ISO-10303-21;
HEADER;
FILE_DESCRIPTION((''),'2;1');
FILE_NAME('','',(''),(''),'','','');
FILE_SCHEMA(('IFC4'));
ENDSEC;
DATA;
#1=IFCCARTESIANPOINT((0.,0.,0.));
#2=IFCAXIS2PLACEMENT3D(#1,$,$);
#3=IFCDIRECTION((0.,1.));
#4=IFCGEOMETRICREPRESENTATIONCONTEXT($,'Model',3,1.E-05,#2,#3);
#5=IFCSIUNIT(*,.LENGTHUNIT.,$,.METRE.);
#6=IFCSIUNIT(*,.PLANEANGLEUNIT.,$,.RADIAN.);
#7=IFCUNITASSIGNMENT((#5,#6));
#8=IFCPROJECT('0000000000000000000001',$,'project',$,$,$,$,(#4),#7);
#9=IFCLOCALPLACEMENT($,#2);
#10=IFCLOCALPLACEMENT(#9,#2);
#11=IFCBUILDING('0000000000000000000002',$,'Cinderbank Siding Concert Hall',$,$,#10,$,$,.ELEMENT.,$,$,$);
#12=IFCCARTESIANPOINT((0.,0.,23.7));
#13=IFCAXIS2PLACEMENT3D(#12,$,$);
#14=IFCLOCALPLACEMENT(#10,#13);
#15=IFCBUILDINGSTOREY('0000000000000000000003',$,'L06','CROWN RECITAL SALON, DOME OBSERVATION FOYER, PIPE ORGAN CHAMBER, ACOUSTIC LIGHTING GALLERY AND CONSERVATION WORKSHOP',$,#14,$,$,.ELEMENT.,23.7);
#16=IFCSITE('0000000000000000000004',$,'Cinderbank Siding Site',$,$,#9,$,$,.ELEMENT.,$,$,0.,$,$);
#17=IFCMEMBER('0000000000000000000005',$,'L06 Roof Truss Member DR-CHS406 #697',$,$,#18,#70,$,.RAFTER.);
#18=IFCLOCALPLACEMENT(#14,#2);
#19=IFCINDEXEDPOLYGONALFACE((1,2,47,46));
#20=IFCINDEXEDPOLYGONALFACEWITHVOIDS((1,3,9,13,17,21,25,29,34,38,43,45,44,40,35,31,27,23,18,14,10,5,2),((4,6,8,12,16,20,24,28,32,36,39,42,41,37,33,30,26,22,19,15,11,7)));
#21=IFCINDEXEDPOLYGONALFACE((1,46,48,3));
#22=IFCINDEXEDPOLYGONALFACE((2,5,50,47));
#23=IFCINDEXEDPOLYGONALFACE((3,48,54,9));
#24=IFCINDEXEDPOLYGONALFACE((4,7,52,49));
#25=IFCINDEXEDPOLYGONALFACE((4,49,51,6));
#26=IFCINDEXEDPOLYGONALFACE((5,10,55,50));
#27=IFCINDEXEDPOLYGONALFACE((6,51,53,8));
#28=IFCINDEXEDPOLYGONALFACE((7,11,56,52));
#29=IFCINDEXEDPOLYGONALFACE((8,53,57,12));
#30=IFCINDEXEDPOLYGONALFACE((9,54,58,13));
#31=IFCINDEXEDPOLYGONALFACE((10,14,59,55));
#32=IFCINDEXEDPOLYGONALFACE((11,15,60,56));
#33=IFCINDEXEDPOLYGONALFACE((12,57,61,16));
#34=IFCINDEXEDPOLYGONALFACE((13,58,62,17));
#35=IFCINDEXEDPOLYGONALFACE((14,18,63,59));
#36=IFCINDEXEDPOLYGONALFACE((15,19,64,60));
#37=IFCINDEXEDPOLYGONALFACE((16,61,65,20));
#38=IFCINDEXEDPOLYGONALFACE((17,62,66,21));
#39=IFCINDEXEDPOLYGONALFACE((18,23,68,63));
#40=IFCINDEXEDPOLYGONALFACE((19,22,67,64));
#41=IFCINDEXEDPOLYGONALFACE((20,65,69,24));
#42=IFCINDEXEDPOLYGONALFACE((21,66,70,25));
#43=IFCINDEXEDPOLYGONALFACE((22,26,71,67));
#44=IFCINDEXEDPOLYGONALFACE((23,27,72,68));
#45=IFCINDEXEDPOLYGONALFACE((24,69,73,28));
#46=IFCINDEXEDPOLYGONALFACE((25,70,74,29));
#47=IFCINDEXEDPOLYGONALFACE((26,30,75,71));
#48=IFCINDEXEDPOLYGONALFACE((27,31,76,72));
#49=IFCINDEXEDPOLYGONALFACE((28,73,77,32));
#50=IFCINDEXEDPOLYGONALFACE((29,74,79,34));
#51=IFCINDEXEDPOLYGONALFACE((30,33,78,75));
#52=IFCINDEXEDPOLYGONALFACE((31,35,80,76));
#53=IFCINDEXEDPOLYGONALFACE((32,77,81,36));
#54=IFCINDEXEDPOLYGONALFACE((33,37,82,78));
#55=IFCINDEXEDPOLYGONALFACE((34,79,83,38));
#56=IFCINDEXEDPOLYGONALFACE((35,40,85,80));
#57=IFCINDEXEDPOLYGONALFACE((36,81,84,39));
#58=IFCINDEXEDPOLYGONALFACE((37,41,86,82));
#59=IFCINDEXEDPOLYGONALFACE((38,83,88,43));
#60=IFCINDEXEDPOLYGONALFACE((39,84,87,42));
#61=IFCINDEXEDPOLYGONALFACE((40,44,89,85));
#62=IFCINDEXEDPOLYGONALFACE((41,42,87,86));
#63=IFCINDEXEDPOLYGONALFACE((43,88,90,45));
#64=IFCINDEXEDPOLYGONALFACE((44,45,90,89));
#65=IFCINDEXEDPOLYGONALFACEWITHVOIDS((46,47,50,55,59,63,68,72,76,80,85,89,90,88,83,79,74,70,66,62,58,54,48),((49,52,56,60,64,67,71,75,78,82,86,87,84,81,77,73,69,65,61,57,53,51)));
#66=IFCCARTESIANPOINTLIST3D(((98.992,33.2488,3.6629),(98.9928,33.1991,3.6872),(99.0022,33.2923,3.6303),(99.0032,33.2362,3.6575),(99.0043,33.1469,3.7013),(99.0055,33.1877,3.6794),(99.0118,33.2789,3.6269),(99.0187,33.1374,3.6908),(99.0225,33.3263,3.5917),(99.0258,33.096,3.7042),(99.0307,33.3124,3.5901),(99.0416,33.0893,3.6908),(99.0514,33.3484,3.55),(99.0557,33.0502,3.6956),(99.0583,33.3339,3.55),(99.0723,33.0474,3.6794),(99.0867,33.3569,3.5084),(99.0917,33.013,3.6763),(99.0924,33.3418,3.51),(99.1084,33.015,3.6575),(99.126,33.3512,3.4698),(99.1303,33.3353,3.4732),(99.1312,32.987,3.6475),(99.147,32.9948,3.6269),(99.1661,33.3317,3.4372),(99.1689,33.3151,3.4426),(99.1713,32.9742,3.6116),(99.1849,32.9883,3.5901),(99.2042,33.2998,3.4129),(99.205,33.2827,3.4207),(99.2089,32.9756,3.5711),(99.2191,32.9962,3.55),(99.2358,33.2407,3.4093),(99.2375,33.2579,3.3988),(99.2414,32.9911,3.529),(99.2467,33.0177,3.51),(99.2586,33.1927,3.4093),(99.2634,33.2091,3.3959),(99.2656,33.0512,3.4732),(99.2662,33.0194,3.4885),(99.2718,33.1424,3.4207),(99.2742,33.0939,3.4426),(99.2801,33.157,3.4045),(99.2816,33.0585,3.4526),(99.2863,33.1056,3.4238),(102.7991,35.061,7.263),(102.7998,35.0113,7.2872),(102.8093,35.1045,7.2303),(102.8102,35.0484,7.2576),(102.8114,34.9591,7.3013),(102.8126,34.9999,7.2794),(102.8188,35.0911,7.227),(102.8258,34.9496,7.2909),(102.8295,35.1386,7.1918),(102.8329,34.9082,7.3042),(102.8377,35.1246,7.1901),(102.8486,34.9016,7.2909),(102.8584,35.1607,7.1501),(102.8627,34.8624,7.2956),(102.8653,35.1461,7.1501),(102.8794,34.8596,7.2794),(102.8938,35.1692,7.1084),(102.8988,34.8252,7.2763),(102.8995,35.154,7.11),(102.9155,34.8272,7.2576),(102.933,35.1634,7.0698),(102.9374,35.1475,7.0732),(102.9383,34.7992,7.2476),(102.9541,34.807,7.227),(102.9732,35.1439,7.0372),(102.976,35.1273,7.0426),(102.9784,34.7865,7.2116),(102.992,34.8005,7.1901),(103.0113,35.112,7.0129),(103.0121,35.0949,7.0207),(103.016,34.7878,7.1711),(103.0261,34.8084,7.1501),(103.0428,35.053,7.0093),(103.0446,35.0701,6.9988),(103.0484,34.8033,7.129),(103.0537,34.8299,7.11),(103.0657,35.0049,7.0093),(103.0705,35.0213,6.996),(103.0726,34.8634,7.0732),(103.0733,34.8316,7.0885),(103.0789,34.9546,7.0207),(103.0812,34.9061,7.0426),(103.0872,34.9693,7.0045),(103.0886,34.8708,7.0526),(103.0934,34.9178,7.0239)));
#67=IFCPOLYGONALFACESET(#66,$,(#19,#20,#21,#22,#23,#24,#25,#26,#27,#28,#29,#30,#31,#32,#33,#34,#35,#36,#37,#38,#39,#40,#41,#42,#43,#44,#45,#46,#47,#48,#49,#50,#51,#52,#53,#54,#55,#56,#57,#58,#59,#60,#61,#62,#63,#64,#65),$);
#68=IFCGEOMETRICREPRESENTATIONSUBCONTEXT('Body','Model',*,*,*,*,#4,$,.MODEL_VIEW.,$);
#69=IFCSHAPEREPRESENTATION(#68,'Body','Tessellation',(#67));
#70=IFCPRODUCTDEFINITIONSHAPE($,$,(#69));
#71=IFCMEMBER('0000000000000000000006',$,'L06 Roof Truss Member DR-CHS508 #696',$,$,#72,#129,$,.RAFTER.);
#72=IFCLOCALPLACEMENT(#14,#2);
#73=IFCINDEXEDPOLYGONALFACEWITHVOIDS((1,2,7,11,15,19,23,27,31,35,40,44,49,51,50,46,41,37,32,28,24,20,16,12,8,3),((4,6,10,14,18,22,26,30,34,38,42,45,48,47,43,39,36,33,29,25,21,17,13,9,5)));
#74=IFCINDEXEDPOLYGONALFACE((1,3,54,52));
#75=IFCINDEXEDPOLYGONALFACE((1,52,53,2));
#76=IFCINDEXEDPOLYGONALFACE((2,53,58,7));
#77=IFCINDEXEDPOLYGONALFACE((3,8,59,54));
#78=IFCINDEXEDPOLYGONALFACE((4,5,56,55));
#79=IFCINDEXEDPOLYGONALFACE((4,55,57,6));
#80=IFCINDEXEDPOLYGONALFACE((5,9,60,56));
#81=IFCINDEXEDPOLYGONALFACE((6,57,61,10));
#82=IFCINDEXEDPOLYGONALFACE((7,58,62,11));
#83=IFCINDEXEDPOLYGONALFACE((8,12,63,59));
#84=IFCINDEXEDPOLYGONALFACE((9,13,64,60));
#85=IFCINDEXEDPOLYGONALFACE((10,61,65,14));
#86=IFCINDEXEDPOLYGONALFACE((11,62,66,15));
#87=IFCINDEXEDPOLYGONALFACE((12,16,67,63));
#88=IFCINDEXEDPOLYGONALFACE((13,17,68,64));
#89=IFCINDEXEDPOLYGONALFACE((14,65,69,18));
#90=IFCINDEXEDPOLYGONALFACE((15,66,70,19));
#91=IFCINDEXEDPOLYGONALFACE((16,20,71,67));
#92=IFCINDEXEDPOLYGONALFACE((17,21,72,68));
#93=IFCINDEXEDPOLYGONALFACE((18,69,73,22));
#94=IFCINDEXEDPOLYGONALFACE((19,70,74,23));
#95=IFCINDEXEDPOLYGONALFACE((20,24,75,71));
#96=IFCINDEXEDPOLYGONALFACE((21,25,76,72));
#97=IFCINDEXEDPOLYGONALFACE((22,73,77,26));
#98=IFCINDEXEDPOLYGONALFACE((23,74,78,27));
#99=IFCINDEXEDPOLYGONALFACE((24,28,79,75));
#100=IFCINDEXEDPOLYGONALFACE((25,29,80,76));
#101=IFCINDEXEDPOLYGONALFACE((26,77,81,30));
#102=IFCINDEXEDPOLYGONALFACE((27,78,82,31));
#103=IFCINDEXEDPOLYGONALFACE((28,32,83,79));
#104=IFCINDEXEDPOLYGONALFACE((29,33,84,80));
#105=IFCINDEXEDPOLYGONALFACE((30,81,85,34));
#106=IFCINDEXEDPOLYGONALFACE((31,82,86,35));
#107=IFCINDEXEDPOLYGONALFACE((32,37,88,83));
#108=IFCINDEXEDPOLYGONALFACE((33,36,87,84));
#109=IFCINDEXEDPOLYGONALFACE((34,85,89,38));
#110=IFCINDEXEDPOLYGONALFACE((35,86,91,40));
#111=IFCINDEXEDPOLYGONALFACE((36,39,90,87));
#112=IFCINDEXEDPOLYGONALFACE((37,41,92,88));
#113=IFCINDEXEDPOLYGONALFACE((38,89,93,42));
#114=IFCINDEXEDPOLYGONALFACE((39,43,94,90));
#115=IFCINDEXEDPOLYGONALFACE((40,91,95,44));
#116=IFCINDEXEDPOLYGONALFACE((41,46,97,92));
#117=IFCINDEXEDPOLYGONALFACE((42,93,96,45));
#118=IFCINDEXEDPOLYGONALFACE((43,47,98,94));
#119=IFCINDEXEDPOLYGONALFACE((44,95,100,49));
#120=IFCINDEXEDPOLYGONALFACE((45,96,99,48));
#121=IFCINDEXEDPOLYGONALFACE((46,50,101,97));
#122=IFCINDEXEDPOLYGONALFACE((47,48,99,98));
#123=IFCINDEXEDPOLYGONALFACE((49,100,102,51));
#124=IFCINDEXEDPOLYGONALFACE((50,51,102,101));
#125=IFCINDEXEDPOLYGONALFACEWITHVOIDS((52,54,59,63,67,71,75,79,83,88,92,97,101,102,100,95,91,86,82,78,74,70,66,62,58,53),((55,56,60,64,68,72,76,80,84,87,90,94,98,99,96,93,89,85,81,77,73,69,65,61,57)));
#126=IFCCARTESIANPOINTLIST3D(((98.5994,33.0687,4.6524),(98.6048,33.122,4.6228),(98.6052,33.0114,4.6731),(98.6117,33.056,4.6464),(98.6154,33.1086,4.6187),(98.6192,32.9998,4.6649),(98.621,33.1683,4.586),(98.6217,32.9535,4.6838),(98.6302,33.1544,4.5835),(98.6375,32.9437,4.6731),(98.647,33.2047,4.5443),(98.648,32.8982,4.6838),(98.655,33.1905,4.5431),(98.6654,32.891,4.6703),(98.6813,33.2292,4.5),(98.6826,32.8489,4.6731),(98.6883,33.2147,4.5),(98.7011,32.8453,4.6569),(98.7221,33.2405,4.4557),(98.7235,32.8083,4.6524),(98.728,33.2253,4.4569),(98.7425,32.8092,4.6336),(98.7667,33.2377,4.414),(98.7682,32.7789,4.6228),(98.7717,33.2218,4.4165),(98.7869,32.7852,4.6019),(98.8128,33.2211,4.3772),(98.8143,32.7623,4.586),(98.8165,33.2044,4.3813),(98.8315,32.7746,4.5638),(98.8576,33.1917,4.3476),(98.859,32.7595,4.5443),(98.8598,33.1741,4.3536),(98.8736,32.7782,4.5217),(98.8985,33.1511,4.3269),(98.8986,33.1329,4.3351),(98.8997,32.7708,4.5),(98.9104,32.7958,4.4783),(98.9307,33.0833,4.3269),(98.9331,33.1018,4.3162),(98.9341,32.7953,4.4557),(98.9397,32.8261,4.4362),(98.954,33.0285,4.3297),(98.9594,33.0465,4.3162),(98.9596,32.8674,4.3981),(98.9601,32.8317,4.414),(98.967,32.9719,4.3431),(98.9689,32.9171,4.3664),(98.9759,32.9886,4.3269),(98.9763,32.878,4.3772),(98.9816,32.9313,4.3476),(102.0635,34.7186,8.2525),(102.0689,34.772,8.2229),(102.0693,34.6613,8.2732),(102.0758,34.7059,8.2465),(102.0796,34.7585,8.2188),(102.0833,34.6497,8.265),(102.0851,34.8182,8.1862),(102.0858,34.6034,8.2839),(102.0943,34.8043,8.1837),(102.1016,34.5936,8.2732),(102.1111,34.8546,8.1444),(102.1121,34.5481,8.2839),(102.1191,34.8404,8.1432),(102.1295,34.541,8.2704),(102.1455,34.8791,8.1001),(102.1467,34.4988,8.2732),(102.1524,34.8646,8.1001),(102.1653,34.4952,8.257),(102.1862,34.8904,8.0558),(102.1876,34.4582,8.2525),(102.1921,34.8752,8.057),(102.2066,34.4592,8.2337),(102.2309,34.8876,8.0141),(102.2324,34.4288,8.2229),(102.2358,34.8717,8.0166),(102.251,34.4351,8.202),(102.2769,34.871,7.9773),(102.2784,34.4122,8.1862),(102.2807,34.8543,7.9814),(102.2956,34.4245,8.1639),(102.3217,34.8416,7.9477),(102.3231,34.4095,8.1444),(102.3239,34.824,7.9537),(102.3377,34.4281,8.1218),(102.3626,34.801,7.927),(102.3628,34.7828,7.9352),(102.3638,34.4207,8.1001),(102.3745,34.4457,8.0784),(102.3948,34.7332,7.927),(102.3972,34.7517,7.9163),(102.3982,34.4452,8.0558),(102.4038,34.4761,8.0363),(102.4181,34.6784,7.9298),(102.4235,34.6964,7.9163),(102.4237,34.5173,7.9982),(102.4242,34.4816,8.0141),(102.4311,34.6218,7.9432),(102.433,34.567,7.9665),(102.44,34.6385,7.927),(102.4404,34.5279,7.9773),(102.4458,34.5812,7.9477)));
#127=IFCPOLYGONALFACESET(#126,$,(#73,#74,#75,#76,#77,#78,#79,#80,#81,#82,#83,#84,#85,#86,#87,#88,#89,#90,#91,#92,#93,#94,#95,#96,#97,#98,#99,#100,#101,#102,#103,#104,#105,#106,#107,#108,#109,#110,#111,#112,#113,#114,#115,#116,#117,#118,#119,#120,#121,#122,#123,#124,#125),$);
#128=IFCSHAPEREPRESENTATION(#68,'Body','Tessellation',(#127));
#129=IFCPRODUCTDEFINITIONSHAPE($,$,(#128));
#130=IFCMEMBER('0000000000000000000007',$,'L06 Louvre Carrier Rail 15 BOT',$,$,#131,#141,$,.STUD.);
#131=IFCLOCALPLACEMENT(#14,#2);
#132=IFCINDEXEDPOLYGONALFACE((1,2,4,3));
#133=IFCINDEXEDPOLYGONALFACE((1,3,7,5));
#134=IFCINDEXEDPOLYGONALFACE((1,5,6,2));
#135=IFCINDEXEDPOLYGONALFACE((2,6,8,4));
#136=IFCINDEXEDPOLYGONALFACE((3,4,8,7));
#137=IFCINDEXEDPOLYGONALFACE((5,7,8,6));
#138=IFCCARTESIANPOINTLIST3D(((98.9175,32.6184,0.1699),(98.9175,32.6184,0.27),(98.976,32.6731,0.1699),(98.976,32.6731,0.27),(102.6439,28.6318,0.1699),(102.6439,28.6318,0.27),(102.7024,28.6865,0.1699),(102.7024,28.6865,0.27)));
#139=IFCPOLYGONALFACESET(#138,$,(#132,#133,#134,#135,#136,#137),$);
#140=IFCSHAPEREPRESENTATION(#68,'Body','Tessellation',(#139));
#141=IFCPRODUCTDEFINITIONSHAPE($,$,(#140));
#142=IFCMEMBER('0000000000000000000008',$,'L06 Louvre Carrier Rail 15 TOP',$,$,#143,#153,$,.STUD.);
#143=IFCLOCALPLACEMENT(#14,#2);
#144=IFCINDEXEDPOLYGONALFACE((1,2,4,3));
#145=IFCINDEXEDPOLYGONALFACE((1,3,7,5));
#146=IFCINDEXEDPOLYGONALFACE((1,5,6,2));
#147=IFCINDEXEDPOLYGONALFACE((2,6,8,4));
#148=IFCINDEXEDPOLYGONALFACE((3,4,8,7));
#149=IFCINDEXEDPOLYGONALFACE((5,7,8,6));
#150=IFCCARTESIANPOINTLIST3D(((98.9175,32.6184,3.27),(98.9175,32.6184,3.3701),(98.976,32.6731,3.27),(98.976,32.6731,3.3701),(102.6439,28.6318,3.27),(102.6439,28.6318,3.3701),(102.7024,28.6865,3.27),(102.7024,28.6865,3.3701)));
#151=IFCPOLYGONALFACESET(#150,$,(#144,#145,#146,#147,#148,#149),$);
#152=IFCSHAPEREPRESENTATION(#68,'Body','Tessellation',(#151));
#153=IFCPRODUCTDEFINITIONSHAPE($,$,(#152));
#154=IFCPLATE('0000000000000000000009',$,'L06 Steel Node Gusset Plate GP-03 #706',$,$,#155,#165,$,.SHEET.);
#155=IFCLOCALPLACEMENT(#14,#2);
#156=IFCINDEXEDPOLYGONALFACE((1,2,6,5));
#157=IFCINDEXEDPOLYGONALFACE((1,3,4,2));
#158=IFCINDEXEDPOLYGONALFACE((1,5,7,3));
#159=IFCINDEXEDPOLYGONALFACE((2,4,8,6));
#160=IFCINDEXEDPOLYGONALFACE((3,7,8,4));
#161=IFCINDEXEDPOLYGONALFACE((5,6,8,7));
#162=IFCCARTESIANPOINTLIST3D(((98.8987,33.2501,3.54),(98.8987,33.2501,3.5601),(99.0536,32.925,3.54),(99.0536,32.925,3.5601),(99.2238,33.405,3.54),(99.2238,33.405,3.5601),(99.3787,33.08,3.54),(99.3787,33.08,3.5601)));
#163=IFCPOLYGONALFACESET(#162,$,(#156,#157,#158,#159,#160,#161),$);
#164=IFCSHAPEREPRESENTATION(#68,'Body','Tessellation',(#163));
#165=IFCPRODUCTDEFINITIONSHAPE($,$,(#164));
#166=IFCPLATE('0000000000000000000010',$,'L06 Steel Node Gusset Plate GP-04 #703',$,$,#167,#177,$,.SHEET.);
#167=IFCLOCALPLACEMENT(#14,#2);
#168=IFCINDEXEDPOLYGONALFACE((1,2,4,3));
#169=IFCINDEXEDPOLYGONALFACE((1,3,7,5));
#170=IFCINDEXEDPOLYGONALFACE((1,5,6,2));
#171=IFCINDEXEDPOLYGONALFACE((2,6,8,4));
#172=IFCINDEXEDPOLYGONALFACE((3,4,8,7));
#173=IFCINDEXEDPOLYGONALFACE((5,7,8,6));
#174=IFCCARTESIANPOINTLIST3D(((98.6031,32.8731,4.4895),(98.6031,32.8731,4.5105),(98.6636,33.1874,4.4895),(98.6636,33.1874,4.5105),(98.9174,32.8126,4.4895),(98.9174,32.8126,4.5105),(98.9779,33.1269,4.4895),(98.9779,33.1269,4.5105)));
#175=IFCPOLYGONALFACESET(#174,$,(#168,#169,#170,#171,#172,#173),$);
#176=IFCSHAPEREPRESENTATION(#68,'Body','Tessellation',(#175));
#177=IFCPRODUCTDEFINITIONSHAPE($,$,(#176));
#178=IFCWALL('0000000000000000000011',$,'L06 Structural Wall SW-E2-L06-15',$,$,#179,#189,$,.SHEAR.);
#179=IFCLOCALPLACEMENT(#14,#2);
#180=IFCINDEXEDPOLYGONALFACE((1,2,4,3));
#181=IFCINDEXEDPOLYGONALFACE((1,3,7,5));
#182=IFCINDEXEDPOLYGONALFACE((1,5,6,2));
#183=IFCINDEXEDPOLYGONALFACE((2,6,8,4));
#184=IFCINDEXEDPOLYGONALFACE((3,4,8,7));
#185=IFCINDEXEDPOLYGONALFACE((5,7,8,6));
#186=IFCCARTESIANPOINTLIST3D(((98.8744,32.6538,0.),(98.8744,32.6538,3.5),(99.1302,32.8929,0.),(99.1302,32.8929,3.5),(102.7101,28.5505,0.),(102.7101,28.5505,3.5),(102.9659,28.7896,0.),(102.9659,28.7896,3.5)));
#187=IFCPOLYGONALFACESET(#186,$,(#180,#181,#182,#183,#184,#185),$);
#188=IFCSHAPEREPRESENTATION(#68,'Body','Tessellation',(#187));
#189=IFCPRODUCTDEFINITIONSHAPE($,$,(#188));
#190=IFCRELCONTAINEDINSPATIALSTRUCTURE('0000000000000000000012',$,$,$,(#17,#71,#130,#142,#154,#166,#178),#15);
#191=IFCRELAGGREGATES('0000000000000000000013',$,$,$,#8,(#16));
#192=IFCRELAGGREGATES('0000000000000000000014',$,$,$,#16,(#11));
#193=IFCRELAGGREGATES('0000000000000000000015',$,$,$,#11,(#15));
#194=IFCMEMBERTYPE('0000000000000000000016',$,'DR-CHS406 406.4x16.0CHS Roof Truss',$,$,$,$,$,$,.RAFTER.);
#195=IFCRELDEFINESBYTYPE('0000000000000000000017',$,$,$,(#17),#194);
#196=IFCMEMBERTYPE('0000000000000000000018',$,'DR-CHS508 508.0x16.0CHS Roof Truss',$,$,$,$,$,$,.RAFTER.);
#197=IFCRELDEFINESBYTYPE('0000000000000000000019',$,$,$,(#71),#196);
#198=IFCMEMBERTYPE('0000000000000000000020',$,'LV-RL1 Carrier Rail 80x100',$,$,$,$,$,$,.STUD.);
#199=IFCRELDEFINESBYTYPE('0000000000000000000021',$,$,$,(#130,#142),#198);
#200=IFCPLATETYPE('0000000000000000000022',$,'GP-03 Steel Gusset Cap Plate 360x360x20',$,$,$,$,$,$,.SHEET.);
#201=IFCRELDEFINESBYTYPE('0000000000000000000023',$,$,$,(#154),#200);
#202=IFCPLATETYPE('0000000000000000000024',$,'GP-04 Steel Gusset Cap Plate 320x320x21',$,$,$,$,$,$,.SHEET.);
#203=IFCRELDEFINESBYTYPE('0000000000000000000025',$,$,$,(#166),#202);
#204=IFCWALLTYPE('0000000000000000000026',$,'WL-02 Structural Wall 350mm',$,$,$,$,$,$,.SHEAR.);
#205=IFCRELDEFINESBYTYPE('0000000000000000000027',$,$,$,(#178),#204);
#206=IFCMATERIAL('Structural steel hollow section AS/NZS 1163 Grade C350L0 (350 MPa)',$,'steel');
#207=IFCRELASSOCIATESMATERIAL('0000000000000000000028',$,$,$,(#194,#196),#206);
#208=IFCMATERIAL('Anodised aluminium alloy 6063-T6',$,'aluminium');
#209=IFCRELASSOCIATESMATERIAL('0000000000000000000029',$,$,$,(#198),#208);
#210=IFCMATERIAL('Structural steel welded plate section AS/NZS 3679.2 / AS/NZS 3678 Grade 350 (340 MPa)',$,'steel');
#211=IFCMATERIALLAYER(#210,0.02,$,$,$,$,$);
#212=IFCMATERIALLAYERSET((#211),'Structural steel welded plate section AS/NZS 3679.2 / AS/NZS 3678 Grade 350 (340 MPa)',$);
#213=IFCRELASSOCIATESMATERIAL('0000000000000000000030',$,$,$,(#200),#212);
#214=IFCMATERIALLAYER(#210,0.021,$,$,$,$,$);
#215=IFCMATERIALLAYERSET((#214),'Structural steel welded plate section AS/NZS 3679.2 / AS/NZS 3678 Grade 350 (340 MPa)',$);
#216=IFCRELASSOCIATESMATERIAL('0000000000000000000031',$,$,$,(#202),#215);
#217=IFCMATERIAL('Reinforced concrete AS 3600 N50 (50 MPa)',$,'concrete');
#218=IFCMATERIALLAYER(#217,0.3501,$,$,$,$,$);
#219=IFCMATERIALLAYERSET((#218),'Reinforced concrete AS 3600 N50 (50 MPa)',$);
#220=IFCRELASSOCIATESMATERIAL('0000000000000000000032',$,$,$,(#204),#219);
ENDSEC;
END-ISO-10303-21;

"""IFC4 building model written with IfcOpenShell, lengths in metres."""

from ifc_helpers import new_model, si_unit, direction, frame, frame_2d, origin, origin_2d, place, context, subcontext, project, spatial, rectangle, hollow_circle, extrude, material, layer, layer_set, material_profile, profile_set, type_object, element, save


model = new_model("IFC4")

# Units and contexts
model_context = context("Model", 3, precision=1e-05, world=origin(), true_north=direction((0.0, 1.0)))
body_context = subcontext(model_context, "Body", "Model", "MODEL_VIEW")
ifc_project = project(units=[si_unit("LENGTHUNIT", "METRE"), si_unit("PLANEANGLEUNIT", "RADIAN")], contexts=[model_context])

# Site, building, storey
site_placement = place(None, origin())
site = spatial("IfcSite", under=ifc_project, at=site_placement, Name="Cinderbank Siding Site", CompositionType="ELEMENT", RefElevation=0.0)
building_placement = place(site_placement, origin())
building = spatial("IfcBuilding", under=site, at=building_placement, Name="Cinderbank Siding Concert Hall", CompositionType="ELEMENT")
storey_placement = place(building_placement, frame((0.0, 0.0, 23.7)))
storey = spatial("IfcBuildingStorey", under=building, at=storey_placement, Name="L06", Description="CROWN RECITAL SALON, DOME OBSERVATION FOYER, PIPE ORGAN CHAMBER, ACOUSTIC LIGHTING GALLERY AND CONSERVATION WORKSHOP", CompositionType="ELEMENT", Elevation=23.7)

# Shared definitions
ifc_material_1 = material(Name="Reinforced concrete AS 3600 N50 (50 MPa)", Category="concrete")

# Shared definitions
ifc_material_2 = material(Name="Structural steel welded plate section AS/NZS 3679.2 / AS/NZS 3678 Grade 350 (340 MPa)", Category="steel")

# Members
ifc_material_3 = material(Name="Structural steel hollow section AS/NZS 1163 Grade C350L0 (350 MPa)", Category="steel")
ifc_material_profile_1 = material_profile(ifc_material_3, hollow_circle(Radius=0.2031, WallThickness=0.0161, at=origin_2d()), Name="406.4x16.0CHS", Category="LoadBearing")
ifc_profile_set_1 = profile_set([ifc_material_profile_1], Name="Structural steel hollow section AS/NZS 1163 Grade C350L0 (350 MPa)")
member_type_1 = type_object("IfcMemberType", Name="DR-CHS406 406.4x16.0CHS Roof Truss", PredefinedType="RAFTER", material=ifc_profile_set_1)
member_1_placement = place(storey_placement, frame((99.1387, 33.165, 3.55), z_axis=(0.686675, 0.326869, 0.649334), x_axis=(-0.429805, 0.902922, 0.0)))
element("IfcMember", 1, at=member_1_placement, inside=storey, type_object=member_type_1, Name="L06 Roof Truss Member DR-CHS406 #697", PredefinedType="RAFTER", context=body_context, shape_type="SweptSolid", body=[
    extrude(hollow_circle(Radius=0.2031, WallThickness=0.0161, at=origin_2d()), origin(), (0.0, 0.0, 1.0), 5.5442),
])
ifc_material_profile_2 = material_profile(ifc_material_3, hollow_circle(Radius=0.2539, WallThickness=0.0161, at=origin_2d()), Name="508.0x16.0CHS", Category="LoadBearing")
ifc_profile_set_2 = profile_set([ifc_material_profile_2], Name="Structural steel hollow section AS/NZS 1163 Grade C350L0 (350 MPa)")
member_type_2 = type_object("IfcMemberType", Name="DR-CHS508 508.0x16.0CHS Roof Truss", PredefinedType="RAFTER", material=ifc_profile_set_2)
member_2_placement = place(storey_placement, frame((98.7905, 33.0, 4.5), z_axis=(0.658394, 0.313583, 0.684239), x_axis=(-0.430003, 0.902828, 0.0)))
element("IfcMember", 2, at=member_2_placement, inside=storey, type_object=member_type_2, Name="L06 Roof Truss Member DR-CHS508 #696", PredefinedType="RAFTER", context=body_context, shape_type="SweptSolid", body=[
    extrude(hollow_circle(Radius=0.2539, WallThickness=0.0161, at=origin_2d()), origin(), (0.0, 0.0, 1.0), 5.2615),
])
ifc_material_4 = material(Name="Anodised aluminium alloy 6063-T6", Category="aluminium")
ifc_material_profile_3 = material_profile(ifc_material_4, rectangle(XDim=0.0801, YDim=0.1001, at=origin_2d()), Name="ALU-RAIL-80x100", Category="LoadBearing")
ifc_profile_set_3 = profile_set([ifc_material_profile_3], Name="Anodised aluminium alloy 6063-T6")
member_type_3 = type_object("IfcMemberType", Name="LV-RL1 Carrier Rail 80x100", PredefinedType="STUD", material=ifc_profile_set_3)
for number, where, z_axis, x_axis, name in (
    (3, (98.9468, 32.6458, 0.22), (0.682858, -0.730551, 0.0), (0.730551, 0.682858, 0.0), "L06 Louvre Carrier Rail 15 BOT"),
    (4, (98.9468, 32.6458, 3.3201), (0.682858, -0.730551, 0.0), (0.730551, 0.682858, 0.0), "L06 Louvre Carrier Rail 15 TOP"),
):
    element("IfcMember", number, at=place(storey_placement, frame(where, z_axis=z_axis, x_axis=x_axis)), inside=storey, type_object=member_type_3, Name=name, PredefinedType="STUD", context=body_context, shape_type="SweptSolid", body=[
        extrude(rectangle(XDim=0.0801, YDim=0.1001, at=origin_2d()), origin(), (0.0, 0.0, 1.0), 5.457),
    ])

# Plates
ifc_layer_1 = layer(ifc_material_2, 0.02)
ifc_layer_set_1 = layer_set([ifc_layer_1], Name="Structural steel welded plate section AS/NZS 3679.2 / AS/NZS 3678 Grade 350 (340 MPa)")
plate_type_1 = type_object("IfcPlateType", Name="GP-03 Steel Gusset Cap Plate 360x360x20", PredefinedType="SHEET", material=ifc_layer_set_1)
plate_1_placement = place(storey_placement, frame((99.1387, 33.165, 3.54), z_axis=(0.0, 0.0, 1.0), x_axis=(0.902736, 0.430196, 0.0)))
element("IfcPlate", 5, at=plate_1_placement, inside=storey, type_object=plate_type_1, Name="L06 Steel Node Gusset Plate GP-03 #706", PredefinedType="SHEET", context=body_context, shape_type="SweptSolid", body=[
    extrude(rectangle(XDim=0.3601, YDim=0.3601, at=origin_2d()), origin(), (0.0, 0.0, 1.0), 0.02),
])
ifc_layer_2 = layer(ifc_material_2, 0.021)
ifc_layer_set_2 = layer_set([ifc_layer_2], Name="Structural steel welded plate section AS/NZS 3679.2 / AS/NZS 3678 Grade 350 (340 MPa)")
plate_type_2 = type_object("IfcPlateType", Name="GP-04 Steel Gusset Cap Plate 320x320x21", PredefinedType="SHEET", material=ifc_layer_set_2)
plate_2_placement = place(storey_placement, frame((98.7905, 33.0, 4.4895), z_axis=(0.0, 0.0, 1.0), x_axis=(0.189095, 0.981959, 0.0)))
element("IfcPlate", 6, at=plate_2_placement, inside=storey, type_object=plate_type_2, Name="L06 Steel Node Gusset Plate GP-04 #703", PredefinedType="SHEET", context=body_context, shape_type="SweptSolid", body=[
    extrude(rectangle(XDim=0.3201, YDim=0.3201, at=origin_2d()), origin(), (0.0, 0.0, 1.0), 0.021),
])

# Wall
ifc_layer_3 = layer(ifc_material_1, 0.3501)
ifc_layer_set_3 = layer_set([ifc_layer_3], Name="Reinforced concrete AS 3600 N50 (50 MPa)")
wall_type = type_object("IfcWallType", Name="WL-02 Structural Wall 350mm", PredefinedType="SHEAR", material=ifc_layer_set_3)
wall_placement = place(storey_placement, frame((99.0022, 32.7734, 0.0), z_axis=(0.0, 0.0, 1.0), x_axis=(0.682886, -0.730525, 0.0)))
element("IfcWall", 7, at=wall_placement, inside=storey, type_object=wall_type, Name="L06 Structural Wall SW-E2-L06-15", PredefinedType="SHEAR", context=body_context, shape_type="SweptSolid", body=[
    extrude(rectangle(XDim=5.6169, YDim=0.3501, at=frame_2d((2.8086, 0.0))), origin(), (0.0, 0.0, 1.0), 3.5),
])

save(model, "model.ifc")
